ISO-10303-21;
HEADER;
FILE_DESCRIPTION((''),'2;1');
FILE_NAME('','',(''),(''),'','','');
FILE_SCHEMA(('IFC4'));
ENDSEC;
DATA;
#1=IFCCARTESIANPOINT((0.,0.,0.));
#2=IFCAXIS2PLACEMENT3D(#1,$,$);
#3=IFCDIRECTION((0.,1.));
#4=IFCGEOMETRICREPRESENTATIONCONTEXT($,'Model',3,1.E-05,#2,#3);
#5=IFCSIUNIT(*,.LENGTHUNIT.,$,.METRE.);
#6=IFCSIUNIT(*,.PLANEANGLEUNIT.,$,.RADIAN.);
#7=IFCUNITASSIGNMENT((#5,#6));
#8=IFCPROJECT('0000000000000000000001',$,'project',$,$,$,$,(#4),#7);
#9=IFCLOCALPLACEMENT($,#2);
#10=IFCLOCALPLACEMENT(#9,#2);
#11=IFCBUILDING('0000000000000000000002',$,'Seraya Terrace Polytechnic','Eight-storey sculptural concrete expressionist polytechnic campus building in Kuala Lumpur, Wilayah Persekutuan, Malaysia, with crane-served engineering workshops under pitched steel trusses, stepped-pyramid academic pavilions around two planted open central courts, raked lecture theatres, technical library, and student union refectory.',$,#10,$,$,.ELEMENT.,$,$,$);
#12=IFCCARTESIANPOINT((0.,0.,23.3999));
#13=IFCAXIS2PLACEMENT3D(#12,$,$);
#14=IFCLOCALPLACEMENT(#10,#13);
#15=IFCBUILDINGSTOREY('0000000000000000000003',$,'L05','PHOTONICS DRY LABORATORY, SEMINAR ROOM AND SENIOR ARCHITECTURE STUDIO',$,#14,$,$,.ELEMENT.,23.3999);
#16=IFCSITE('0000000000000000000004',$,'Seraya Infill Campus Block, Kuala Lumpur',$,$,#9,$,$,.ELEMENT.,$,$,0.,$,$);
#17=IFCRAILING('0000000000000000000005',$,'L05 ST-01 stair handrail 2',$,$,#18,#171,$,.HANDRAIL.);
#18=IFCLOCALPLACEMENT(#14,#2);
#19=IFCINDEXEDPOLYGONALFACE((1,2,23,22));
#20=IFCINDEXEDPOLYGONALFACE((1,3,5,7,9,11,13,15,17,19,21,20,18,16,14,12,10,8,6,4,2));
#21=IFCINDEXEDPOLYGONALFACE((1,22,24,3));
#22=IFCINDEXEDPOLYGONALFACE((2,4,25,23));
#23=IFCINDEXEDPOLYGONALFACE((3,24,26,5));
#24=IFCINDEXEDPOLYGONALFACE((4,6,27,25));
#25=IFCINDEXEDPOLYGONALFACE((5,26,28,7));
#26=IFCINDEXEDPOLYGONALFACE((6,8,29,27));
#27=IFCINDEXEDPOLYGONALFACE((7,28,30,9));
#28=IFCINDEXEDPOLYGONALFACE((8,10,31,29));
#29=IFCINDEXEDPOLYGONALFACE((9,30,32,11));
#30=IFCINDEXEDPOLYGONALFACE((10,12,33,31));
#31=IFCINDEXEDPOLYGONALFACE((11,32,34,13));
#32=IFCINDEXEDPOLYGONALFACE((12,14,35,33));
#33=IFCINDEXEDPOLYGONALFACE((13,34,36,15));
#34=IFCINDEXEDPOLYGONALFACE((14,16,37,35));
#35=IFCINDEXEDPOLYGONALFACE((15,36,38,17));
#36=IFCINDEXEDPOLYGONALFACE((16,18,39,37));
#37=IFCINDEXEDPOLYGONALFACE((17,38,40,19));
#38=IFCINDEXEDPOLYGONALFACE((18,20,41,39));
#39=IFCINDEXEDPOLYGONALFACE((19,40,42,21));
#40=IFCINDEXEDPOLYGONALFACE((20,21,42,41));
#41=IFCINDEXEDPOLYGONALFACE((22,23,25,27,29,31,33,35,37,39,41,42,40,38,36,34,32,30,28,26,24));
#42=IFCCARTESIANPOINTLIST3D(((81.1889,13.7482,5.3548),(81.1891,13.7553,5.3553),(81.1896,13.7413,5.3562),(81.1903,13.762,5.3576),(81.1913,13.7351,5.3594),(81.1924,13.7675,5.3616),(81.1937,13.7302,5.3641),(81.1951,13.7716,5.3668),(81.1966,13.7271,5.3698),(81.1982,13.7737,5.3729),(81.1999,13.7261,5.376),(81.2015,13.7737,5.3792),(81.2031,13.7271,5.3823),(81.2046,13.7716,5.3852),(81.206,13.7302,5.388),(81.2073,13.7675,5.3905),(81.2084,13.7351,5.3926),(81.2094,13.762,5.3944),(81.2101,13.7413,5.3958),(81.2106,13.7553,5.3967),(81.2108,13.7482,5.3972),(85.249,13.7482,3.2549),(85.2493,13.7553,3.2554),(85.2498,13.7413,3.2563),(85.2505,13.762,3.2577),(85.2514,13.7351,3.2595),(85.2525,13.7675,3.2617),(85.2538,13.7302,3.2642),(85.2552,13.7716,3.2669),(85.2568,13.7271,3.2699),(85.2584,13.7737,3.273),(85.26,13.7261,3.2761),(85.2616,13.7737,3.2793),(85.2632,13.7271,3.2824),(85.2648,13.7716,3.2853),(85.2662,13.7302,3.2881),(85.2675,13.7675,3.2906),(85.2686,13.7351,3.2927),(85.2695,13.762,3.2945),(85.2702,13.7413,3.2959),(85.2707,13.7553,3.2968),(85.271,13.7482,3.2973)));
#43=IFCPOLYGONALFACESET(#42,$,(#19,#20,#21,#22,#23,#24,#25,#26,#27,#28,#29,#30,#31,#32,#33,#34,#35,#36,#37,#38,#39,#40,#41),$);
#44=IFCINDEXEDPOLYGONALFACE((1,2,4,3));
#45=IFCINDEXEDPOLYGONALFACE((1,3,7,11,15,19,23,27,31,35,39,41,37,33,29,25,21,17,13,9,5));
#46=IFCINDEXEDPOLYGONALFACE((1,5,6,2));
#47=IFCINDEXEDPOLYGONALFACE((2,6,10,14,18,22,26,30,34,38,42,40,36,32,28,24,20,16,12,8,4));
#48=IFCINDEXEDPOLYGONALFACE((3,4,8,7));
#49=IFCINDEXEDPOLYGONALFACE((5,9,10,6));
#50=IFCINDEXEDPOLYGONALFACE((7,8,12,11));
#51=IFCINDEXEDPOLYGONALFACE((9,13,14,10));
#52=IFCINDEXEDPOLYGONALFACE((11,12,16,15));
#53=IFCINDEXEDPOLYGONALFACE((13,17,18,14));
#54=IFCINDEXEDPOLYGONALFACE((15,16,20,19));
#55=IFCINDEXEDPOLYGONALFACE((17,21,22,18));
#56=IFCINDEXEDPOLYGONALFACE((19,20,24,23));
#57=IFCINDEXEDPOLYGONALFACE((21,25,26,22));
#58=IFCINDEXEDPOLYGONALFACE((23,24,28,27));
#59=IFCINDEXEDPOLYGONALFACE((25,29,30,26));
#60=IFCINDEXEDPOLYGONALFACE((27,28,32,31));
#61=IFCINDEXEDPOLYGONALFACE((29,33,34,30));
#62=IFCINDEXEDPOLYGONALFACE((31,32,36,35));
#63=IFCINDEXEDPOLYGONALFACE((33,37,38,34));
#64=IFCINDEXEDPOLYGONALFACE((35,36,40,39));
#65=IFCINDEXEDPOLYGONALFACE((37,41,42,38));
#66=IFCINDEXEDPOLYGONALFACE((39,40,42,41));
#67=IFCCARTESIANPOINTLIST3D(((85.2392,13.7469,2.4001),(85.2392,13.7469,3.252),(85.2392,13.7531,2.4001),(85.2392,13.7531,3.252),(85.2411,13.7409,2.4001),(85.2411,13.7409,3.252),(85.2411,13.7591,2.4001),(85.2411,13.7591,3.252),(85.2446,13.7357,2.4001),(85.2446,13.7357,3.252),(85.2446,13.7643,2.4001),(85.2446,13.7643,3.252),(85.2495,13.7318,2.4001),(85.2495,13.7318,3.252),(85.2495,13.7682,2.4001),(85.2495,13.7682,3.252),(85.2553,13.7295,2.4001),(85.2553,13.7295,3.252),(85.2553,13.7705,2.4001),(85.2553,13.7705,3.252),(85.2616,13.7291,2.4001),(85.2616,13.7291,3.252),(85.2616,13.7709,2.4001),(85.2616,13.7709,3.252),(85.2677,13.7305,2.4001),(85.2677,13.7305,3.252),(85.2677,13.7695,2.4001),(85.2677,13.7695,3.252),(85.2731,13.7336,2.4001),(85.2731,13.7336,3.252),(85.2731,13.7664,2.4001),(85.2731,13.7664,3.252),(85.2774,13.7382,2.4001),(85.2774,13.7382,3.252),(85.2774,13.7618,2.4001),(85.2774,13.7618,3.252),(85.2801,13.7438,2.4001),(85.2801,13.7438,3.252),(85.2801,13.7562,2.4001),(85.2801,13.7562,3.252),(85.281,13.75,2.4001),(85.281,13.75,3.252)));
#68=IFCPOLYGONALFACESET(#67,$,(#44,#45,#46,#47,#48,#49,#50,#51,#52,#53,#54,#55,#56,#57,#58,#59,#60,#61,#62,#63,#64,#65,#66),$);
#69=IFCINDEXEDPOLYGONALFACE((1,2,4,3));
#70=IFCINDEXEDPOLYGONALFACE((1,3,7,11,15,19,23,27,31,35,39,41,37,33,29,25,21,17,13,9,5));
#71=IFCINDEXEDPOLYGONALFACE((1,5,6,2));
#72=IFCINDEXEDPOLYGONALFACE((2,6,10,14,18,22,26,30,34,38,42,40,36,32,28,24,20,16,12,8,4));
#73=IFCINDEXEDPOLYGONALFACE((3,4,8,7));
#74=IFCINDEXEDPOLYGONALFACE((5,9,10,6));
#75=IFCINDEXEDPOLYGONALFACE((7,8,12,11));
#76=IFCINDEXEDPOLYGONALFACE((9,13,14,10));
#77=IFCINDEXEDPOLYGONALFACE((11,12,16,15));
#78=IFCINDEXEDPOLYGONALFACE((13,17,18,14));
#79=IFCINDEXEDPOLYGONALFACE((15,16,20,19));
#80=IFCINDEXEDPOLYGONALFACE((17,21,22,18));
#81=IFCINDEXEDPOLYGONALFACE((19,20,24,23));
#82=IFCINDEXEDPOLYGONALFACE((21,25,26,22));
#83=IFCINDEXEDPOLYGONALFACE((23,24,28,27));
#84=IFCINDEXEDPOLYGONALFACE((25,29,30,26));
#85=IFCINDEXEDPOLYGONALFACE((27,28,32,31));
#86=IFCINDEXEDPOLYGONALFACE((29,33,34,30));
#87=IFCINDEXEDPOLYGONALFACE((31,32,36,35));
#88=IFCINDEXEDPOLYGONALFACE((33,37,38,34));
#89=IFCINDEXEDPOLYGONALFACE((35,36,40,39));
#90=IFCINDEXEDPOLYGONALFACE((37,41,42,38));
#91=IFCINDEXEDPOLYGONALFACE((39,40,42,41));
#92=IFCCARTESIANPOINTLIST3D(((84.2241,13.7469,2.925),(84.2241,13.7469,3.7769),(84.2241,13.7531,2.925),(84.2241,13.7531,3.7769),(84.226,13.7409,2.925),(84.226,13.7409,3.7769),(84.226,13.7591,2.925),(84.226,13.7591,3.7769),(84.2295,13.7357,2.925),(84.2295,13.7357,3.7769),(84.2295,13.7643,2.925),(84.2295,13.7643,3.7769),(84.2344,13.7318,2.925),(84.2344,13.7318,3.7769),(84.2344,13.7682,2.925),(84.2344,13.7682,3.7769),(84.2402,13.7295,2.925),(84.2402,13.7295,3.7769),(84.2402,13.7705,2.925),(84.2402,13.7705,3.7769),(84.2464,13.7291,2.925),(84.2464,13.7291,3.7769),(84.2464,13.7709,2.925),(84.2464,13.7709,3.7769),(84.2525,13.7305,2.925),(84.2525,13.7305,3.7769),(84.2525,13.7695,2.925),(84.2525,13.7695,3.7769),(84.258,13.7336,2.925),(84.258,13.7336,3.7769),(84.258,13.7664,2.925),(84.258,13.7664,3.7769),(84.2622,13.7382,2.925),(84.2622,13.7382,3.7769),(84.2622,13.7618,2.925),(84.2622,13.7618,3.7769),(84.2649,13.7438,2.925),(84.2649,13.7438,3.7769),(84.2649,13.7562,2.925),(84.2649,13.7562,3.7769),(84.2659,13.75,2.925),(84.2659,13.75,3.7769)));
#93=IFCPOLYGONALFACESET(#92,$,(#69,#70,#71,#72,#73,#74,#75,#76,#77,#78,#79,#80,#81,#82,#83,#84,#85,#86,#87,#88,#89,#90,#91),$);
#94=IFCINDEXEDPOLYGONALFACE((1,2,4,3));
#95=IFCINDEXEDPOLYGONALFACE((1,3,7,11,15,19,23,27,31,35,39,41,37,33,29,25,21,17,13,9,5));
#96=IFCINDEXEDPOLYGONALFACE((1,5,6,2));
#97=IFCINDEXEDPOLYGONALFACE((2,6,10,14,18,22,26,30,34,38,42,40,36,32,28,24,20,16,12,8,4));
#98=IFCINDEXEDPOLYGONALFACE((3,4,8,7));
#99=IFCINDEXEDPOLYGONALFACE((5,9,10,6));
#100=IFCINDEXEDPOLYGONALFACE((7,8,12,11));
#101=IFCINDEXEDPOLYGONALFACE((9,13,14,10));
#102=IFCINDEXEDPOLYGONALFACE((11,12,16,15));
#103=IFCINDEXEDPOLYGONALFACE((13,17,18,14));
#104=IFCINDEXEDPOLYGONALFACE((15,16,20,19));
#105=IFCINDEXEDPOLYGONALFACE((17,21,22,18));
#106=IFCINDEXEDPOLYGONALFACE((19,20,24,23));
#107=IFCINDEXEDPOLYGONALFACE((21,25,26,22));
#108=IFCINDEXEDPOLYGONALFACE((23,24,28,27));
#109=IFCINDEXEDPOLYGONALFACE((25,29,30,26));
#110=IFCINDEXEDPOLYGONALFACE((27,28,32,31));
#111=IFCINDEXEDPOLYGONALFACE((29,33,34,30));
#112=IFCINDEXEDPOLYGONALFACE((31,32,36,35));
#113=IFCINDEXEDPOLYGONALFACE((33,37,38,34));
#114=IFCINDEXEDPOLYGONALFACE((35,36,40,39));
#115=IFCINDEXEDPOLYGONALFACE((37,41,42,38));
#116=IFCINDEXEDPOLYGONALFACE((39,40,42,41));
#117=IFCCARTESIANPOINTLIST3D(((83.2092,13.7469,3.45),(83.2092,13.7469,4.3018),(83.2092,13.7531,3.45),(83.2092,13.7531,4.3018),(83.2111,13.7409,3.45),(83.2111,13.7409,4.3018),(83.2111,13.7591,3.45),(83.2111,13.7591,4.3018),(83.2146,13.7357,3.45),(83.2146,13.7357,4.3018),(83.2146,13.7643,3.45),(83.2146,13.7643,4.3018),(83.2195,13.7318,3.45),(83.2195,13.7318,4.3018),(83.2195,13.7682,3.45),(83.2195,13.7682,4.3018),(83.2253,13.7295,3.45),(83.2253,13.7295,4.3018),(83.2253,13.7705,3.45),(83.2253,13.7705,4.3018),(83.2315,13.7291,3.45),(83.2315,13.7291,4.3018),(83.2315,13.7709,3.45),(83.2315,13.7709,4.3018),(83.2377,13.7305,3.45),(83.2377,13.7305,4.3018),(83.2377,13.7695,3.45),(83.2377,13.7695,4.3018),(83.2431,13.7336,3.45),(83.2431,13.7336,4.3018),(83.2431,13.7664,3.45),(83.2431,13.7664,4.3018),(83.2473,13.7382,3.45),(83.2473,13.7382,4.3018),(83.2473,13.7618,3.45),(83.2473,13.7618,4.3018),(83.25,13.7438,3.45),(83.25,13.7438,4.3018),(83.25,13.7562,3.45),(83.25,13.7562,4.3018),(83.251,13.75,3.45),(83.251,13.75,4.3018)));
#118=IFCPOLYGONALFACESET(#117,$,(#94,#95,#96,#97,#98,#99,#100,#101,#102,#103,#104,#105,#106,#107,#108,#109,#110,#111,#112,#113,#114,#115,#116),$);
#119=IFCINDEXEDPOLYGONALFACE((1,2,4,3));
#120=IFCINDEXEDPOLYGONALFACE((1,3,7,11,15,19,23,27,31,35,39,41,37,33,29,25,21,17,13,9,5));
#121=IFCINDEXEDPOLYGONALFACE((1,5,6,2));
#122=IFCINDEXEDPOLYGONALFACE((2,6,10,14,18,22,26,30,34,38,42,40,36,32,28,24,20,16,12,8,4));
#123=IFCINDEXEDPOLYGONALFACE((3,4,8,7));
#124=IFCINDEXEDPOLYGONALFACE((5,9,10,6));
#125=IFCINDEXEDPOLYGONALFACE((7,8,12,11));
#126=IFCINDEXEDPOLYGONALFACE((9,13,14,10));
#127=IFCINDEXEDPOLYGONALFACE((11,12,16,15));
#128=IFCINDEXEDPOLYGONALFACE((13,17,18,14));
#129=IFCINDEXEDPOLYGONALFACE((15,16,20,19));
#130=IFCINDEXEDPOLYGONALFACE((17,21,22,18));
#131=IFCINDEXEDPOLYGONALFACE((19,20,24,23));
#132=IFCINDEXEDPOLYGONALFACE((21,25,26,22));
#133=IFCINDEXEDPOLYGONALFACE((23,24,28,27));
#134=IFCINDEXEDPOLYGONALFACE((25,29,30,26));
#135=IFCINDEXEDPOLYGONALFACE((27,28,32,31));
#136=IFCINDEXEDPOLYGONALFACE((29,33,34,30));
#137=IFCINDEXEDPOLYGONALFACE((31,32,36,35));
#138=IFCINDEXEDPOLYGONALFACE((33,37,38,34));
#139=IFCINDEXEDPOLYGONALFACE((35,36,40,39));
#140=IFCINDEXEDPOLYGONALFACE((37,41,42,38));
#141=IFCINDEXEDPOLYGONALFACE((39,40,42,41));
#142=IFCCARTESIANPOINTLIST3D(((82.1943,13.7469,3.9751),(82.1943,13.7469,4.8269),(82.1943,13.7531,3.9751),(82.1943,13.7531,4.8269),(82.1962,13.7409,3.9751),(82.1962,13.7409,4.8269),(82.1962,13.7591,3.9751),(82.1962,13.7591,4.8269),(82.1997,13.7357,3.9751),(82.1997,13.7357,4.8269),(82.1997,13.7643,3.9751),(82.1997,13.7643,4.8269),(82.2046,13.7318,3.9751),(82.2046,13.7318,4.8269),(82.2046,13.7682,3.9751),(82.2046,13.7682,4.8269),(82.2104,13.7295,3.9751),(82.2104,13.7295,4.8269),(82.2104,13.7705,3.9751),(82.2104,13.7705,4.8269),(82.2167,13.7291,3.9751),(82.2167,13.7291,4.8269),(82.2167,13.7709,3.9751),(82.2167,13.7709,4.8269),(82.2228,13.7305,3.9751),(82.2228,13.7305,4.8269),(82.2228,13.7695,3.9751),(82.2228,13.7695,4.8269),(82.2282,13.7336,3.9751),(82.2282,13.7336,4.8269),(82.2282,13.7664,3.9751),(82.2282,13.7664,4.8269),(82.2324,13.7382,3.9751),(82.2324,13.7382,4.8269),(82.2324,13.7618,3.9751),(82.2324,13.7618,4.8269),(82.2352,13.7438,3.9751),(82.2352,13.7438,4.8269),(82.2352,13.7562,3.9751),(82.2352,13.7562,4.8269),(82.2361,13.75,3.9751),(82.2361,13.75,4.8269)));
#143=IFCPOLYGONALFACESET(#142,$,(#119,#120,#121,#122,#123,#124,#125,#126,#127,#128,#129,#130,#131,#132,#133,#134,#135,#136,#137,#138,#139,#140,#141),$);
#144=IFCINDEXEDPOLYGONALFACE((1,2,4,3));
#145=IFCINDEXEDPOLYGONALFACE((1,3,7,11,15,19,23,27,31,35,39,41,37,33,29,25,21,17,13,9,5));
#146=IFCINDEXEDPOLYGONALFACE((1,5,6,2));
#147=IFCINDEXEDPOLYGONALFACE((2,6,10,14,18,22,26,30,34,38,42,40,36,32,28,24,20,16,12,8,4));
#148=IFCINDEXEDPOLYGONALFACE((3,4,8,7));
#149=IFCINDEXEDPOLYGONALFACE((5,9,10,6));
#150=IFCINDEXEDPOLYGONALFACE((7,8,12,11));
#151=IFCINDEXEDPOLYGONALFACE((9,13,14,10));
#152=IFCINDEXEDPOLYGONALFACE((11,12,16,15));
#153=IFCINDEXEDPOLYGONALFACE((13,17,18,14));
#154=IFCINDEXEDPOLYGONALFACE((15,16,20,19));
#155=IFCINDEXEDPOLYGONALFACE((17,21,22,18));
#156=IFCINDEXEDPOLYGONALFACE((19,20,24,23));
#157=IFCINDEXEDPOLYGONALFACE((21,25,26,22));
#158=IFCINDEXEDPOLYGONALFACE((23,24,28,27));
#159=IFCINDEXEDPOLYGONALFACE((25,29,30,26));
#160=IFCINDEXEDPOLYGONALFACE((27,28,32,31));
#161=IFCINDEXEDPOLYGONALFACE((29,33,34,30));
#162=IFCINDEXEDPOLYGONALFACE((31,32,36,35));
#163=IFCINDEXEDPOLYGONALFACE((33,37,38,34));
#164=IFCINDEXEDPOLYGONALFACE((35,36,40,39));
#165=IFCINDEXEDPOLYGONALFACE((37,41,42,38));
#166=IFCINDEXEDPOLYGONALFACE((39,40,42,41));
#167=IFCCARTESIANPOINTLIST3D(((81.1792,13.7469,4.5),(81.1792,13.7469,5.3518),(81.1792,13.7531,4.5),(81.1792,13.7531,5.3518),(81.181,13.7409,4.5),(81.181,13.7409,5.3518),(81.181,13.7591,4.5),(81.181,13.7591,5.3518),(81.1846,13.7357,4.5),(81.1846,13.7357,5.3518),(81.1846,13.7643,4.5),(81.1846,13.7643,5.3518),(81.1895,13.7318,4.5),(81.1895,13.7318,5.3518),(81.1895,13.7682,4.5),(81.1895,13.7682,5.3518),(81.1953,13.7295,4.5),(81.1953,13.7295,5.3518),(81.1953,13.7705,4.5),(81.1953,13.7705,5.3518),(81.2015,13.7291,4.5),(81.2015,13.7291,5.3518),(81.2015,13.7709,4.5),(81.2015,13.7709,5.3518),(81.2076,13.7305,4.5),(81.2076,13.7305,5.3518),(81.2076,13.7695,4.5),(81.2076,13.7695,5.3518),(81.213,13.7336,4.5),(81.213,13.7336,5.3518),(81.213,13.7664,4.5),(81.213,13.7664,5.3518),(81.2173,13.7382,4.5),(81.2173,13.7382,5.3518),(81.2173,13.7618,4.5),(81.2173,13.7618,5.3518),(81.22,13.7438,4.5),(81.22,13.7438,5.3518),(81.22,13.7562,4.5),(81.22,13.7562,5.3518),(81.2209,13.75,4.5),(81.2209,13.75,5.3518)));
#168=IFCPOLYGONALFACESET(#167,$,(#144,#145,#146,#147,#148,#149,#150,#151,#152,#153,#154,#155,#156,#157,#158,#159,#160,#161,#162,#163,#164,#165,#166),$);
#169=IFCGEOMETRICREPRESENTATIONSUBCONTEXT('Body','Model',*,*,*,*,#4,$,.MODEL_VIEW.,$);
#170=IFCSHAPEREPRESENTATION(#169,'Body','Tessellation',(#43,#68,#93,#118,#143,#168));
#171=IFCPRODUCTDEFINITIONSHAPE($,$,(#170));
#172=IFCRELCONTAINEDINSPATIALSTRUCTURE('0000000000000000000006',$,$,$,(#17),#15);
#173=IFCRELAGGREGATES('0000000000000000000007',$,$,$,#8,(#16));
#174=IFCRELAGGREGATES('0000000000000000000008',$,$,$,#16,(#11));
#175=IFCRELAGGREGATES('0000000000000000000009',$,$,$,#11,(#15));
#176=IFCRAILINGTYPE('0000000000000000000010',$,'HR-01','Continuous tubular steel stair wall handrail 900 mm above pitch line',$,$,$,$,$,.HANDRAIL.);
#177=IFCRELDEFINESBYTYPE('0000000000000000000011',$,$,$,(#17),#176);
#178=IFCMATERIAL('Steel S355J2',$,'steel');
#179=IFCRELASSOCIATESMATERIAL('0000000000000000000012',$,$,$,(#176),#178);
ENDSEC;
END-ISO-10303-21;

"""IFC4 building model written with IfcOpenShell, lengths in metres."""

from ifc_helpers import new_model, si_unit, direction, frame, origin, origin_2d, place, context, subcontext, project, spatial, circle, extrude, material, type_object, element, save


model = new_model("IFC4")

# Units and contexts
model_context = context("Model", 3, precision=1e-05, world=origin(), true_north=direction((0.0, 1.0)))
body_context = subcontext(model_context, "Body", "Model", "MODEL_VIEW")
ifc_project = project(units=[si_unit("LENGTHUNIT", "METRE"), si_unit("PLANEANGLEUNIT", "RADIAN")], contexts=[model_context])

# Site, building, storey
site_placement = place(None, origin())
site = spatial("IfcSite", under=ifc_project, at=site_placement, Name="Seraya Infill Campus Block, Kuala Lumpur", CompositionType="ELEMENT", RefElevation=0.0)
building_placement = place(site_placement, origin())
building = spatial("IfcBuilding", under=site, at=building_placement, Name="Seraya Terrace Polytechnic", Description="Eight-storey sculptural concrete expressionist polytechnic campus building in Kuala Lumpur, Wilayah Persekutuan, Malaysia, with crane-served engineering workshops under pitched steel trusses, stepped-pyramid academic pavilions around two planted open central courts, raked lecture theatres, technical library, and student union refectory.", CompositionType="ELEMENT")
storey_placement = place(building_placement, frame((0.0, 0.0, 23.3999)))
storey = spatial("IfcBuildingStorey", under=building, at=storey_placement, Name="L05", Description="PHOTONICS DRY LABORATORY, SEMINAR ROOM AND SENIOR ARCHITECTURE STUDIO", CompositionType="ELEMENT", Elevation=23.3999)

# Railing
ifc_material_1 = material(Name="Steel S355J2", Category="steel")
railing_type_1 = type_object("IfcRailingType", Name="HR-01", Description="Continuous tubular steel stair wall handrail 900 mm above pitch line", PredefinedType="HANDRAIL", material=ifc_material_1)
railing_1_placement = place(storey_placement, frame((85.26, 13.75, 2.4001)))
element("IfcRailing", 1, at=railing_1_placement, inside=storey, type_object=railing_type_1, Name="L05 ST-01 stair handrail 2", PredefinedType="HANDRAIL", context=body_context, shape_type="SweptSolid", body=[
    extrude(circle(Radius=0.0239, at=origin_2d()), frame((0.0, 0.0, 0.876), z_axis=(-0.888233, 0.0, 0.459392), x_axis=(0.0, -1.0, 0.0)), (0.0, 0.0, 1.0), 4.571),
    extrude(circle(Radius=0.021, at=origin_2d()), origin(), (0.0, 0.0, 1.0), 0.8518),
    extrude(circle(Radius=0.021, at=origin_2d()), frame((-1.0151, 0.0, 0.5249)), (0.0, 0.0, 1.0), 0.8518),
    extrude(circle(Radius=0.021, at=origin_2d()), frame((-2.03, 0.0, 1.0498)), (0.0, 0.0, 1.0), 0.8518),
    extrude(circle(Radius=0.021, at=origin_2d()), frame((-3.0449, 0.0, 1.575)), (0.0, 0.0, 1.0), 0.8518),
    extrude(circle(Radius=0.021, at=origin_2d()), frame((-4.0601, 0.0, 2.0999)), (0.0, 0.0, 1.0), 0.8518),
])

save(model, "model.ifc")
